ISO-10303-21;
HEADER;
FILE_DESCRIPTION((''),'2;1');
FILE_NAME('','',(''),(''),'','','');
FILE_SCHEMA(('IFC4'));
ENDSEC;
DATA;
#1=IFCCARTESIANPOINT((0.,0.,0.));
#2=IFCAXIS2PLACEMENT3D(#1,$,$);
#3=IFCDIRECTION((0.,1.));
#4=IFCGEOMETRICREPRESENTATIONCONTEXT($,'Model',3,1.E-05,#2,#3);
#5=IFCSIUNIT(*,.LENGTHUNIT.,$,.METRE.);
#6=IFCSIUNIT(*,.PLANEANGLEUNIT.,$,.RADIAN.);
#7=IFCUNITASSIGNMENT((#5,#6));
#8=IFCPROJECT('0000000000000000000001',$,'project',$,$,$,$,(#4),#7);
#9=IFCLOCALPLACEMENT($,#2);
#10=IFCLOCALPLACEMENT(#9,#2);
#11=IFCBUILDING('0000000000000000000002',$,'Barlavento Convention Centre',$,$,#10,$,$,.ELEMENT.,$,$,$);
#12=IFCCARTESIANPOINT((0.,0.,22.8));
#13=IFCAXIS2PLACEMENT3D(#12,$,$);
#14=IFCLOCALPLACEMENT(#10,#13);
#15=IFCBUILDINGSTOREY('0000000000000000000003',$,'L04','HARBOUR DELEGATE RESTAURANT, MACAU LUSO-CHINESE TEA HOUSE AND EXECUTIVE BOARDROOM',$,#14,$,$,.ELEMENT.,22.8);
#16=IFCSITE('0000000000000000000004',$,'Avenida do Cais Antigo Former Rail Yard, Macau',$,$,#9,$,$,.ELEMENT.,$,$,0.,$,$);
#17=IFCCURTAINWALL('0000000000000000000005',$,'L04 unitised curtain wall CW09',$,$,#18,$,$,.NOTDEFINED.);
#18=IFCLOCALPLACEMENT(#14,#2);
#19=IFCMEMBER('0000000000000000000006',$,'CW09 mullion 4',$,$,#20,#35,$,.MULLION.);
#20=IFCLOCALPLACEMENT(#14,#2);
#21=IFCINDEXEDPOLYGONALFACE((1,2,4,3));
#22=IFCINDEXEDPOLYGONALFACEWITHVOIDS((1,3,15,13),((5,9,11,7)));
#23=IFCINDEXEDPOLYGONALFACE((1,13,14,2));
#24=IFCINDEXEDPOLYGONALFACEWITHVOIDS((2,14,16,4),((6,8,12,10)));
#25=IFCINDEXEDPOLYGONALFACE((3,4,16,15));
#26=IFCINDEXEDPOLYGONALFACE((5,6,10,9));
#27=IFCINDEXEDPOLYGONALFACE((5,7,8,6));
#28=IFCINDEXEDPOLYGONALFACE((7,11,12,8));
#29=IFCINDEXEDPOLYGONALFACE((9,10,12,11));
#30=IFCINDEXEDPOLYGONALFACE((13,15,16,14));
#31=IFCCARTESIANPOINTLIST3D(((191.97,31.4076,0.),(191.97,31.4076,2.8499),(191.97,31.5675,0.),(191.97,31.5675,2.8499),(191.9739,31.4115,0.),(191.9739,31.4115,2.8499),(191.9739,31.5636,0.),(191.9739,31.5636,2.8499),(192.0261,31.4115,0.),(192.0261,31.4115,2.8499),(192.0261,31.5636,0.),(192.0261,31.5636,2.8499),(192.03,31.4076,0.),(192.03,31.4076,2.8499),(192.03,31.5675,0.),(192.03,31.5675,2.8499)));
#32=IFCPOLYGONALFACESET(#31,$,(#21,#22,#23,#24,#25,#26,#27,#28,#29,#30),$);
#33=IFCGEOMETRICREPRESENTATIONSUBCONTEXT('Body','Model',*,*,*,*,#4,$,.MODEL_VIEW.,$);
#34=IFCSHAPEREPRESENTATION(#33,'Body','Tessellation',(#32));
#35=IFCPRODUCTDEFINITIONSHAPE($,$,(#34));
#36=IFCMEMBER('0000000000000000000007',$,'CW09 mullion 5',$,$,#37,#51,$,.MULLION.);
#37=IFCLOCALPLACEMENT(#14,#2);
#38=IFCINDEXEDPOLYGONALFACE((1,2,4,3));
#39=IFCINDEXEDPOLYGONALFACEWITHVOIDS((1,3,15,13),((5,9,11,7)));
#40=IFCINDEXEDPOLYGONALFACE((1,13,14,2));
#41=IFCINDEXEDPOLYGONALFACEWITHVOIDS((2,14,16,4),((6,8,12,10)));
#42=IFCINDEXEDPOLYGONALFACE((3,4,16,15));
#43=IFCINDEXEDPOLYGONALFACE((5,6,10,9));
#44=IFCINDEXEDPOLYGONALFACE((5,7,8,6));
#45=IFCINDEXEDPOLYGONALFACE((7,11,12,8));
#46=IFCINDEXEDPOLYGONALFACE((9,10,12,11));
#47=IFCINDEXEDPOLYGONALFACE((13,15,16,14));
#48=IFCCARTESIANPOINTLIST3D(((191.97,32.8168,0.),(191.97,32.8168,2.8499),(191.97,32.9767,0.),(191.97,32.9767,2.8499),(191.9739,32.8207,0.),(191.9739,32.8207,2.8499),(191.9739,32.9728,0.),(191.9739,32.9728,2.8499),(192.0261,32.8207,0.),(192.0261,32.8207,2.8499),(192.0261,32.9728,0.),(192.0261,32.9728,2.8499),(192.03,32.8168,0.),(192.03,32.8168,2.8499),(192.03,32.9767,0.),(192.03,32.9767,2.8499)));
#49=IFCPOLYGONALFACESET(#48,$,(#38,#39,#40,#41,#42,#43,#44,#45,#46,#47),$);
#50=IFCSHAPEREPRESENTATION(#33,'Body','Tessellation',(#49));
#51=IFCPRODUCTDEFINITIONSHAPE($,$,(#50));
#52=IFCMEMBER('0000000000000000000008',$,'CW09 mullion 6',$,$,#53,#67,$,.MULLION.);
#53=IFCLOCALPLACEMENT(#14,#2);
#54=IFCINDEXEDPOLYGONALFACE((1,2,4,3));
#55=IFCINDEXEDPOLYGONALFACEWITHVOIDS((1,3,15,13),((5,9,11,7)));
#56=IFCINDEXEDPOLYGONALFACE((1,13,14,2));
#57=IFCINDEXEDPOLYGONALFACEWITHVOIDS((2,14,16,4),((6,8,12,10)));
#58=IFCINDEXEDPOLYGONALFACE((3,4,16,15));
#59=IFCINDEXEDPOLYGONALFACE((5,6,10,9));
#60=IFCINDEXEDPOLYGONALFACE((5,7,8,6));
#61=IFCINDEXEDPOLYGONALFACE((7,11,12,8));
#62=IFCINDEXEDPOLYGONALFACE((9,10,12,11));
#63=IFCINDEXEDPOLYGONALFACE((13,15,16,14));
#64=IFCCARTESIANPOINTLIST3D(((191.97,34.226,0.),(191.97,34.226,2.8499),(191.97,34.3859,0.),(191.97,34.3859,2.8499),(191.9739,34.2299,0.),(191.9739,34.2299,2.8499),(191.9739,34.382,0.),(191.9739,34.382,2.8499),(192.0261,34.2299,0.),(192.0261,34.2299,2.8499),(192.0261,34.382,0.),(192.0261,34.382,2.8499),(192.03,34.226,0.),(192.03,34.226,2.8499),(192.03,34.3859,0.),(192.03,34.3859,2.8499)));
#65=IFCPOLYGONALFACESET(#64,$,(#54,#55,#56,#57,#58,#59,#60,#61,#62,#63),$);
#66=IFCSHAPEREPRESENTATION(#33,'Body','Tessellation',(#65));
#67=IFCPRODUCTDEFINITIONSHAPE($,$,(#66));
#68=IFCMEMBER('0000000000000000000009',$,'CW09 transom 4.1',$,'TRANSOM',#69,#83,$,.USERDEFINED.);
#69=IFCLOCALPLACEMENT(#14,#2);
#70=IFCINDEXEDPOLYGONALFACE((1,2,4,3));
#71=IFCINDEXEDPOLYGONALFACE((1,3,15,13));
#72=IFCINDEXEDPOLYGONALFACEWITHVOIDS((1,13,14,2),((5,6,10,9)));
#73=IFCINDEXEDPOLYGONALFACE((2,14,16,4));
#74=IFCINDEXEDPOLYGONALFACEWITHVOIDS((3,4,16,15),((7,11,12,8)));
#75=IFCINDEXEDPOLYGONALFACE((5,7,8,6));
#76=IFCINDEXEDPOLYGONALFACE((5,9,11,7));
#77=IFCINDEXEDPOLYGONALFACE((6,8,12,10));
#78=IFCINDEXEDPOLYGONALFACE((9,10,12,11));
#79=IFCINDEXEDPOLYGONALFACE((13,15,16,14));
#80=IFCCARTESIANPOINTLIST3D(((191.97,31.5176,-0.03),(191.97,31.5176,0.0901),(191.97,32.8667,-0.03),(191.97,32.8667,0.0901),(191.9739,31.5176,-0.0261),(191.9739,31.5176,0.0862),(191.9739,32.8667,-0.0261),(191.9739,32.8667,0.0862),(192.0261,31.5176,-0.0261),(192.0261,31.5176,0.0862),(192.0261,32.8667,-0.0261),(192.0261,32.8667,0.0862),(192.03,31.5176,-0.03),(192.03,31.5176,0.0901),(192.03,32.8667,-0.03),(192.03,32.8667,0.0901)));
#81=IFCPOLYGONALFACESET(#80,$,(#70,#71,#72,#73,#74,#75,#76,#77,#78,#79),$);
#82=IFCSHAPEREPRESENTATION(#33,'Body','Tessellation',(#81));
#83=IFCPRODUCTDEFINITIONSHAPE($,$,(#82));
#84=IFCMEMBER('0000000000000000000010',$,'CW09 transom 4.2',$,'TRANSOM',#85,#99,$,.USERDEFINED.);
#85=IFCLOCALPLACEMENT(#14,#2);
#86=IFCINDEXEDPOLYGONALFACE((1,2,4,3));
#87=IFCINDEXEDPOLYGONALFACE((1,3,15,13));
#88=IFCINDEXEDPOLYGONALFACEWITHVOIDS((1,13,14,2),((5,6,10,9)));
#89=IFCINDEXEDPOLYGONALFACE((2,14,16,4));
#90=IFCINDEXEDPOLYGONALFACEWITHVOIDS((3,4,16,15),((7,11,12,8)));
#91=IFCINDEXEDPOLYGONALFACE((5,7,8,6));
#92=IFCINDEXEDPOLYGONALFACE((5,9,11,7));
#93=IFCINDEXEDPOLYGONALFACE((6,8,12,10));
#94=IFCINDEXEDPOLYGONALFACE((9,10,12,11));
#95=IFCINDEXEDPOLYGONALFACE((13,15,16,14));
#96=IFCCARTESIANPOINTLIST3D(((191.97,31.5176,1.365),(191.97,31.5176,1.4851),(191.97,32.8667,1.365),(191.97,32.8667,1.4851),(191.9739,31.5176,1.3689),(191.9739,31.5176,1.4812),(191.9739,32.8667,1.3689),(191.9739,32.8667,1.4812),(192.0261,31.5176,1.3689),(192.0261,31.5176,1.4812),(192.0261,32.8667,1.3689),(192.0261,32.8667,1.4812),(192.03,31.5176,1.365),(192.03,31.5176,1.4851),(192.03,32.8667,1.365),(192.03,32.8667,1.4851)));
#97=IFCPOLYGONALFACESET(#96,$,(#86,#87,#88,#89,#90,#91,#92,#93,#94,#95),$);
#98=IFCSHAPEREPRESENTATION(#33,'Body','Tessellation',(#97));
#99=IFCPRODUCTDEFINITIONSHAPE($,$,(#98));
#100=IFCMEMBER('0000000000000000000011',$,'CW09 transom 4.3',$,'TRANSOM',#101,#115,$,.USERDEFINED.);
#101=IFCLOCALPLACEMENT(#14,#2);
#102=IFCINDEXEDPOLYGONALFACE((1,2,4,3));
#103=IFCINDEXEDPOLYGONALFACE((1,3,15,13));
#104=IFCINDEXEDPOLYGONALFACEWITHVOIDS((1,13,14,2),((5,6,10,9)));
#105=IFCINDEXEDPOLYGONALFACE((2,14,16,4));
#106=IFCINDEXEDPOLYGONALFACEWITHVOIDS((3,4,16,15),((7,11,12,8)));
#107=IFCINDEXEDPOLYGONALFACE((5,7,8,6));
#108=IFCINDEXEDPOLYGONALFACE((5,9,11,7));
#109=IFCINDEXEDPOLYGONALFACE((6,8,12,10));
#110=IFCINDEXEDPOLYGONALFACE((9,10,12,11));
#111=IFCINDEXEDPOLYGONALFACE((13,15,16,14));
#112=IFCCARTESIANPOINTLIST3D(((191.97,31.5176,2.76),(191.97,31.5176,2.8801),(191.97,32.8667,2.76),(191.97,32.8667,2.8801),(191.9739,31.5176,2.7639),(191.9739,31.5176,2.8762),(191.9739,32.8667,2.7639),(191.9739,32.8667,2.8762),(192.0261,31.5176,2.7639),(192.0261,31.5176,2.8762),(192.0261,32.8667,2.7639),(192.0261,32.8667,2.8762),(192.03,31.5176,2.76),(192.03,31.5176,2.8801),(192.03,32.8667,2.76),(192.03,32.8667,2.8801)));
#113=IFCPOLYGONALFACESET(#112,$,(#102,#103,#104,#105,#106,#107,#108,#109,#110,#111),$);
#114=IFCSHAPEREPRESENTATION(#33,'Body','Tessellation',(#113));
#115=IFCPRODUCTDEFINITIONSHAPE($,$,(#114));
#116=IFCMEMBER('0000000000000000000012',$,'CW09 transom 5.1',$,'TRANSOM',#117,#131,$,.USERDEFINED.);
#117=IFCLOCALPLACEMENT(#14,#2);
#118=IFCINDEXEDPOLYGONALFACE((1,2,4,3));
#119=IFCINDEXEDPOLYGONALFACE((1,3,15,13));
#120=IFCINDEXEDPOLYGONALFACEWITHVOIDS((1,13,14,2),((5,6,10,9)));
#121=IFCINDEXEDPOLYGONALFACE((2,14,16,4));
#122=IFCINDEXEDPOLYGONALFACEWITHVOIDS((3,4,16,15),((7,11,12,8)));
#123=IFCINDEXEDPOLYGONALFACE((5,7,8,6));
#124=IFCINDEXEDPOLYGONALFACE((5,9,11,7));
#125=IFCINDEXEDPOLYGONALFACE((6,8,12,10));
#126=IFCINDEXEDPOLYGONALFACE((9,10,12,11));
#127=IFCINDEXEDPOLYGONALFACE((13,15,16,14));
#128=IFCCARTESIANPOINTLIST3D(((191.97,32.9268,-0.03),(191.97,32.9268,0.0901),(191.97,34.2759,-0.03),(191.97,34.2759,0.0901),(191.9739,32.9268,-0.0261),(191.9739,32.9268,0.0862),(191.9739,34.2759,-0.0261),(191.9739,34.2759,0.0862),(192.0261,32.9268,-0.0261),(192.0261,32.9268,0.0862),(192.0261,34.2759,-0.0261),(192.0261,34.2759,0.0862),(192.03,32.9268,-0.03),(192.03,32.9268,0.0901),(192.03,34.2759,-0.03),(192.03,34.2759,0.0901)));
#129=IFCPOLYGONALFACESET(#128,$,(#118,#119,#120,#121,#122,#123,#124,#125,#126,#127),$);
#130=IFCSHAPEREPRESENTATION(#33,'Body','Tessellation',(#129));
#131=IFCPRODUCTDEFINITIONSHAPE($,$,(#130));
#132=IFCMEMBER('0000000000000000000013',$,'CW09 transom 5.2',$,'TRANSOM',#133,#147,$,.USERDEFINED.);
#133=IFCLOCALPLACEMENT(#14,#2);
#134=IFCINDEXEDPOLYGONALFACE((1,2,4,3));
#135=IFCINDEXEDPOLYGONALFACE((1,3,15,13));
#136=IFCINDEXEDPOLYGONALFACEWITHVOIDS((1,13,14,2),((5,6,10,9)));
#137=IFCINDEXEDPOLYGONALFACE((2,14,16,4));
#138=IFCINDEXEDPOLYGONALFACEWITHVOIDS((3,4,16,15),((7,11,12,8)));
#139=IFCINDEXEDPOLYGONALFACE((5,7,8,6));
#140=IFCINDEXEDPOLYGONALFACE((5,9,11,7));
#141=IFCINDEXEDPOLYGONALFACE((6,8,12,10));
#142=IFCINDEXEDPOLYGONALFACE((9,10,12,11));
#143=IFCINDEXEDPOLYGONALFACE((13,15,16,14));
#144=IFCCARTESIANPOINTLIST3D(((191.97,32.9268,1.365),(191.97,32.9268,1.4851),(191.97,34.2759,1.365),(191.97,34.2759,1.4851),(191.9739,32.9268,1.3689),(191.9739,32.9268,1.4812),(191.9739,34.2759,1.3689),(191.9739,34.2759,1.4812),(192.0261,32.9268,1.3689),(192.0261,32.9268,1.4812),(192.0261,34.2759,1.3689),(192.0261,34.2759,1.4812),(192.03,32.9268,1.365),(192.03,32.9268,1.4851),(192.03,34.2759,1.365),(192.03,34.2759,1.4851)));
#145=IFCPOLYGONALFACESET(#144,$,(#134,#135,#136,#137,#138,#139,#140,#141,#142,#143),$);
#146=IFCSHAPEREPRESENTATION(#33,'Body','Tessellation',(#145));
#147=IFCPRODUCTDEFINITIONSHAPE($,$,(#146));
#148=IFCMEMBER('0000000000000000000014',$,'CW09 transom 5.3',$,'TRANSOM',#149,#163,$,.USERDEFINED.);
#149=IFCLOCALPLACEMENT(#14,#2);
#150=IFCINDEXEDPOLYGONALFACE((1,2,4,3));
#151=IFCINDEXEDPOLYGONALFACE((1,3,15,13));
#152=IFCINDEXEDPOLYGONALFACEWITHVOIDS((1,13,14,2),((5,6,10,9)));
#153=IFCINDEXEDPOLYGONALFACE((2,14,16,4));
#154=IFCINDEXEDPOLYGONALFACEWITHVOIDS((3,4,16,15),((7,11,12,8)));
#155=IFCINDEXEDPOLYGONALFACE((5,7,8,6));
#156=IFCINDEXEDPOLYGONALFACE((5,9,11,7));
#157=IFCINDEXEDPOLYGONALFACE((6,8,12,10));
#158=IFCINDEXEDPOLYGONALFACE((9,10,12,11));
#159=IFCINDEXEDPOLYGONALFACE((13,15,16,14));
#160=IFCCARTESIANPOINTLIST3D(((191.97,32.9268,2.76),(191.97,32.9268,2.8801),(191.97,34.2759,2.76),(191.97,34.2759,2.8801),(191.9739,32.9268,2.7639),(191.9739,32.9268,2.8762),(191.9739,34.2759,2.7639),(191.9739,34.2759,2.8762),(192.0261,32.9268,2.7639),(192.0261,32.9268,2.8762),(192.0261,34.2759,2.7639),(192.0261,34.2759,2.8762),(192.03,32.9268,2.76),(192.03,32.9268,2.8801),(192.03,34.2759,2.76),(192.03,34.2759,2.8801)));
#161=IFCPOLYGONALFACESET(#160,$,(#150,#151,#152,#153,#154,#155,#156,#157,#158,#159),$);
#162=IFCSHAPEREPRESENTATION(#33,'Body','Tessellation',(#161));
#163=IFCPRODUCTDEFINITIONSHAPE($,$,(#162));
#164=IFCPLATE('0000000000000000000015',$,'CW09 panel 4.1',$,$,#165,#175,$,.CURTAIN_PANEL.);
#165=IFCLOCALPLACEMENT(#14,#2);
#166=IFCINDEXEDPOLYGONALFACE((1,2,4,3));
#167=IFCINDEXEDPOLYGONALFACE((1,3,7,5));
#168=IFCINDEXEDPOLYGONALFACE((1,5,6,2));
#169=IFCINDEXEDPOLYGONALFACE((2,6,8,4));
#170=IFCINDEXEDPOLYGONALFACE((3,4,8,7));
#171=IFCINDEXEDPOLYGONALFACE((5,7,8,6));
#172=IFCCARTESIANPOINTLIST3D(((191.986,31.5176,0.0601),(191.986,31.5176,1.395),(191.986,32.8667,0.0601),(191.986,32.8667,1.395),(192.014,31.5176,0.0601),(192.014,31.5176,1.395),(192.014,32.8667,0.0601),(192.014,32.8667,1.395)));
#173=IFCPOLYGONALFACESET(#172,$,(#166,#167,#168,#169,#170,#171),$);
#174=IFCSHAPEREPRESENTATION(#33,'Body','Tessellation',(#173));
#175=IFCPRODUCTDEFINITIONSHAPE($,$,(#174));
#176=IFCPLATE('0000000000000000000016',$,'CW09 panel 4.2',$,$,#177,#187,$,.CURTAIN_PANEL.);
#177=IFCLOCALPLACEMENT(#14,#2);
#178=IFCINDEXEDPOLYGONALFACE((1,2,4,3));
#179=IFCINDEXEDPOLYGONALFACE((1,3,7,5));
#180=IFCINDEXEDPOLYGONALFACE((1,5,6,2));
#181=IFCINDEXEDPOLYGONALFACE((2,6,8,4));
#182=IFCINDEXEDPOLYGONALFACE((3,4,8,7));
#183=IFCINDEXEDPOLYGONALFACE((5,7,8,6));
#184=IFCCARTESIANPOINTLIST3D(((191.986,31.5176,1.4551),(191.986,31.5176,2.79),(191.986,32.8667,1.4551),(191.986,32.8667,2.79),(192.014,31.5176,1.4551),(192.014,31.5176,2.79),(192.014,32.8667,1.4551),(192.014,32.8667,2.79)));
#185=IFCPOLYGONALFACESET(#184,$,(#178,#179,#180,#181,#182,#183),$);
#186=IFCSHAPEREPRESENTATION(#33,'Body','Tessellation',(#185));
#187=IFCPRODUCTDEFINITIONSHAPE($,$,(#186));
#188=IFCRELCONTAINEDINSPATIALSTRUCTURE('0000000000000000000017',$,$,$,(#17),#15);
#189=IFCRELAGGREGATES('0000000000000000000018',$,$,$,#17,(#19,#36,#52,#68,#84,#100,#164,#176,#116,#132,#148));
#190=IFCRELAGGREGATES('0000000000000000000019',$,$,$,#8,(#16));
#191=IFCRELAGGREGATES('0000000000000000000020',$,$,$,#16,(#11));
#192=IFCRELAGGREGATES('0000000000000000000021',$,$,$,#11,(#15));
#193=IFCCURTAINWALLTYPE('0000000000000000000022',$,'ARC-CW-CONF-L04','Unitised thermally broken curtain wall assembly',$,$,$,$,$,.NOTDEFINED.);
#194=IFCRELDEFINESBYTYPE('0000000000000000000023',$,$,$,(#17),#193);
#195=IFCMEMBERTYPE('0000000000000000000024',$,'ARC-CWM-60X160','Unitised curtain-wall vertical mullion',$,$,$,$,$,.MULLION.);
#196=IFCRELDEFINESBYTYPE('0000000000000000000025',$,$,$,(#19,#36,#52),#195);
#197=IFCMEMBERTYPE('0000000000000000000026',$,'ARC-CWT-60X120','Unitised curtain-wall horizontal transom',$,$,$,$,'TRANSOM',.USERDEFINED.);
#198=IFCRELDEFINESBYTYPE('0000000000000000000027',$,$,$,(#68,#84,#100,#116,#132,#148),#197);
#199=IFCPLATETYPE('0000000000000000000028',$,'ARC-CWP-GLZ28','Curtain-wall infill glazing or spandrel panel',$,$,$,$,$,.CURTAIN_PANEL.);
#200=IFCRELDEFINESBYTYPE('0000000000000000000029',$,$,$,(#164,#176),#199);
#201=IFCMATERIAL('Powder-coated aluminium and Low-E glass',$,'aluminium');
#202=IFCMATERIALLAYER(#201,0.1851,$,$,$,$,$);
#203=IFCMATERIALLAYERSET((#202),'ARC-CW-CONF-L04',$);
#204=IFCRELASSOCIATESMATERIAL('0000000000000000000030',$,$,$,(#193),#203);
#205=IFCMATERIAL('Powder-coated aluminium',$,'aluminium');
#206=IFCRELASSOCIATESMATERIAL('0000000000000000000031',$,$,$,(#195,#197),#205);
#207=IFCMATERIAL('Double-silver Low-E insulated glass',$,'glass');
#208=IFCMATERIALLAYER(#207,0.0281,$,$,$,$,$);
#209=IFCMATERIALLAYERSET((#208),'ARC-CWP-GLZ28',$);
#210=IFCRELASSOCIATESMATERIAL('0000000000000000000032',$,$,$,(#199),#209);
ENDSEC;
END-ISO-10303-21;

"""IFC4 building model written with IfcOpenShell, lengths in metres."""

from ifc_helpers import new_model, si_unit, direction, frame, origin, origin_2d, place, context, subcontext, project, spatial, rectangle, hollow_rectangle, extrude, material, layer, layer_set, material_profile, profile_set, type_object, element, aggregate, save


model = new_model("IFC4")

# Units and contexts
model_context = context("Model", 3, precision=1e-05, world=origin(), true_north=direction((0.0, 1.0)))
body_context = subcontext(model_context, "Body", "Model", "MODEL_VIEW")
ifc_project = project(units=[si_unit("LENGTHUNIT", "METRE"), si_unit("PLANEANGLEUNIT", "RADIAN")], contexts=[model_context])

# Site, building, storey
site_placement = place(None, origin())
site = spatial("IfcSite", under=ifc_project, at=site_placement, Name="Avenida do Cais Antigo Former Rail Yard, Macau", CompositionType="ELEMENT", RefElevation=0.0)
building_placement = place(site_placement, origin())
building = spatial("IfcBuilding", under=site, at=building_placement, Name="Barlavento Convention Centre", CompositionType="ELEMENT")
storey_placement = place(building_placement, frame((0.0, 0.0, 22.8)))
storey = spatial("IfcBuildingStorey", under=building, at=storey_placement, Name="L04", Description="HARBOUR DELEGATE RESTAURANT, MACAU LUSO-CHINESE TEA HOUSE AND EXECUTIVE BOARDROOM", CompositionType="ELEMENT", Elevation=22.8)

# Curtain wall, members, plates
ifc_material_1 = material(Name="Powder-coated aluminium and Low-E glass", Category="aluminium")
ifc_layer_1 = layer(ifc_material_1, 0.1851)
ifc_layer_set_1 = layer_set([ifc_layer_1], Name="ARC-CW-CONF-L04")
curtain_wall_type = type_object("IfcCurtainWallType", Name="ARC-CW-CONF-L04", Description="Unitised thermally broken curtain wall assembly", PredefinedType="NOTDEFINED", material=ifc_layer_set_1)
curtain_wall_placement = place(storey_placement, origin())
curtain_wall = element("IfcCurtainWall", 1, at=curtain_wall_placement, inside=storey, type_object=curtain_wall_type, Name="L04 unitised curtain wall CW09", PredefinedType="NOTDEFINED")
ifc_material_2 = material(Name="Powder-coated aluminium", Category="aluminium")
ifc_material_profile_1 = material_profile(ifc_material_2, hollow_rectangle(XDim=0.0601, YDim=0.1599, WallThickness=0.0039, at=origin_2d()), Name="AL-MULL 60x160x4")
ifc_profile_set_1 = profile_set([ifc_material_profile_1], Name="Powder-coated aluminium")
member_type_1 = type_object("IfcMemberType", Name="ARC-CWM-60X160", Description="Unitised curtain-wall vertical mullion", PredefinedType="MULLION", material=ifc_profile_set_1)
member_1_placement = place(storey_placement, frame((192.0, 31.4875, 0.0), z_axis=(0.0, 0.0, 1.0), x_axis=(-1.0, 0.0, 0.0)))
member_1 = element("IfcMember", 2, at=member_1_placement, type_object=member_type_1, Name="CW09 mullion 4", PredefinedType="MULLION", context=body_context, shape_type="SweptSolid", body=[
    extrude(hollow_rectangle(XDim=0.0601, YDim=0.1599, WallThickness=0.0039, at=origin_2d()), origin(), (0.0, 0.0, 1.0), 2.8499),
])
member_2_placement = place(storey_placement, frame((192.0, 32.8967, 0.0), z_axis=(0.0, 0.0, 1.0), x_axis=(-1.0, 0.0, 0.0)))
member_2 = element("IfcMember", 3, at=member_2_placement, type_object=member_type_1, Name="CW09 mullion 5", PredefinedType="MULLION", context=body_context, shape_type="SweptSolid", body=[
    extrude(hollow_rectangle(XDim=0.0601, YDim=0.1599, WallThickness=0.0039, at=origin_2d()), origin(), (0.0, 0.0, 1.0), 2.8499),
])
member_3_placement = place(storey_placement, frame((192.0, 34.3059, 0.0), z_axis=(0.0, 0.0, 1.0), x_axis=(-1.0, 0.0, 0.0)))
member_3 = element("IfcMember", 4, at=member_3_placement, type_object=member_type_1, Name="CW09 mullion 6", PredefinedType="MULLION", context=body_context, shape_type="SweptSolid", body=[
    extrude(hollow_rectangle(XDim=0.0601, YDim=0.1599, WallThickness=0.0039, at=origin_2d()), origin(), (0.0, 0.0, 1.0), 2.8499),
])
ifc_material_profile_2 = material_profile(ifc_material_2, hollow_rectangle(XDim=0.0601, YDim=0.1201, WallThickness=0.0039, at=origin_2d()), Name="AL-TRAN 60x120x4")
ifc_profile_set_2 = profile_set([ifc_material_profile_2], Name="Powder-coated aluminium")
member_type_2 = type_object("IfcMemberType", Name="ARC-CWT-60X120", Description="Unitised curtain-wall horizontal transom", ElementType="TRANSOM", PredefinedType="USERDEFINED", material=ifc_profile_set_2)
member_4_placement = place(storey_placement, frame((192.0, 31.5176, 0.03), z_axis=(0.0, 1.0, 0.0), x_axis=(-1.0, 0.0, 0.0)))
member_4 = element("IfcMember", 5, at=member_4_placement, type_object=member_type_2, Name="CW09 transom 4.1", ObjectType="TRANSOM", PredefinedType="USERDEFINED", context=body_context, shape_type="SweptSolid", body=[
    extrude(hollow_rectangle(XDim=0.0601, YDim=0.1201, WallThickness=0.0039, at=origin_2d()), origin(), (0.0, 0.0, 1.0), 1.3491),
])
member_5_placement = place(storey_placement, frame((192.0, 31.5176, 1.425), z_axis=(0.0, 1.0, 0.0), x_axis=(-1.0, 0.0, 0.0)))
member_5 = element("IfcMember", 6, at=member_5_placement, type_object=member_type_2, Name="CW09 transom 4.2", ObjectType="TRANSOM", PredefinedType="USERDEFINED", context=body_context, shape_type="SweptSolid", body=[
    extrude(hollow_rectangle(XDim=0.0601, YDim=0.1201, WallThickness=0.0039, at=origin_2d()), origin(), (0.0, 0.0, 1.0), 1.3491),
])
member_6_placement = place(storey_placement, frame((192.0, 31.5176, 2.8201), z_axis=(0.0, 1.0, 0.0), x_axis=(-1.0, 0.0, 0.0)))
member_6 = element("IfcMember", 7, at=member_6_placement, type_object=member_type_2, Name="CW09 transom 4.3", ObjectType="TRANSOM", PredefinedType="USERDEFINED", context=body_context, shape_type="SweptSolid", body=[
    extrude(hollow_rectangle(XDim=0.0601, YDim=0.1201, WallThickness=0.0039, at=origin_2d()), origin(), (0.0, 0.0, 1.0), 1.3491),
])
member_7_placement = place(storey_placement, frame((192.0, 32.9268, 0.03), z_axis=(0.0, 1.0, 0.0), x_axis=(-1.0, 0.0, 0.0)))
member_7 = element("IfcMember", 8, at=member_7_placement, type_object=member_type_2, Name="CW09 transom 5.1", ObjectType="TRANSOM", PredefinedType="USERDEFINED", context=body_context, shape_type="SweptSolid", body=[
    extrude(hollow_rectangle(XDim=0.0601, YDim=0.1201, WallThickness=0.0039, at=origin_2d()), origin(), (0.0, 0.0, 1.0), 1.3491),
])
member_8_placement = place(storey_placement, frame((192.0, 32.9268, 1.425), z_axis=(0.0, 1.0, 0.0), x_axis=(-1.0, 0.0, 0.0)))
member_8 = element("IfcMember", 9, at=member_8_placement, type_object=member_type_2, Name="CW09 transom 5.2", ObjectType="TRANSOM", PredefinedType="USERDEFINED", context=body_context, shape_type="SweptSolid", body=[
    extrude(hollow_rectangle(XDim=0.0601, YDim=0.1201, WallThickness=0.0039, at=origin_2d()), origin(), (0.0, 0.0, 1.0), 1.3491),
])
member_9_placement = place(storey_placement, frame((192.0, 32.9268, 2.8201), z_axis=(0.0, 1.0, 0.0), x_axis=(-1.0, 0.0, 0.0)))
member_9 = element("IfcMember", 10, at=member_9_placement, type_object=member_type_2, Name="CW09 transom 5.3", ObjectType="TRANSOM", PredefinedType="USERDEFINED", context=body_context, shape_type="SweptSolid", body=[
    extrude(hollow_rectangle(XDim=0.0601, YDim=0.1201, WallThickness=0.0039, at=origin_2d()), origin(), (0.0, 0.0, 1.0), 1.3491),
])
ifc_material_3 = material(Name="Double-silver Low-E insulated glass", Category="glass")
ifc_layer_2 = layer(ifc_material_3, 0.0281)
ifc_layer_set_2 = layer_set([ifc_layer_2], Name="ARC-CWP-GLZ28")
plate_type = type_object("IfcPlateType", Name="ARC-CWP-GLZ28", Description="Curtain-wall infill glazing or spandrel panel", PredefinedType="CURTAIN_PANEL", material=ifc_layer_set_2)
plate_1_placement = place(storey_placement, frame((192.0, 32.1921, 0.0601), z_axis=(0.0, 0.0, 1.0), x_axis=(0.0, 1.0, 0.0)))
plate_1 = element("IfcPlate", 11, at=plate_1_placement, type_object=plate_type, Name="CW09 panel 4.1", PredefinedType="CURTAIN_PANEL", context=body_context, shape_type="SweptSolid", body=[
    extrude(rectangle(XDim=1.3491, YDim=0.0281, at=origin_2d()), origin(), (0.0, 0.0, 1.0), 1.335),
])
plate_2_placement = place(storey_placement, frame((192.0, 32.1921, 1.4551), z_axis=(0.0, 0.0, 1.0), x_axis=(0.0, 1.0, 0.0)))
plate_2 = element("IfcPlate", 12, at=plate_2_placement, type_object=plate_type, Name="CW09 panel 4.2", PredefinedType="CURTAIN_PANEL", context=body_context, shape_type="SweptSolid", body=[
    extrude(rectangle(XDim=1.3491, YDim=0.0281, at=origin_2d()), origin(), (0.0, 0.0, 1.0), 1.335),
])
aggregate(curtain_wall, [member_1, member_2, member_3, member_4, member_5, member_6, plate_1, plate_2, member_7, member_8, member_9])

save(model, "model.ifc")
